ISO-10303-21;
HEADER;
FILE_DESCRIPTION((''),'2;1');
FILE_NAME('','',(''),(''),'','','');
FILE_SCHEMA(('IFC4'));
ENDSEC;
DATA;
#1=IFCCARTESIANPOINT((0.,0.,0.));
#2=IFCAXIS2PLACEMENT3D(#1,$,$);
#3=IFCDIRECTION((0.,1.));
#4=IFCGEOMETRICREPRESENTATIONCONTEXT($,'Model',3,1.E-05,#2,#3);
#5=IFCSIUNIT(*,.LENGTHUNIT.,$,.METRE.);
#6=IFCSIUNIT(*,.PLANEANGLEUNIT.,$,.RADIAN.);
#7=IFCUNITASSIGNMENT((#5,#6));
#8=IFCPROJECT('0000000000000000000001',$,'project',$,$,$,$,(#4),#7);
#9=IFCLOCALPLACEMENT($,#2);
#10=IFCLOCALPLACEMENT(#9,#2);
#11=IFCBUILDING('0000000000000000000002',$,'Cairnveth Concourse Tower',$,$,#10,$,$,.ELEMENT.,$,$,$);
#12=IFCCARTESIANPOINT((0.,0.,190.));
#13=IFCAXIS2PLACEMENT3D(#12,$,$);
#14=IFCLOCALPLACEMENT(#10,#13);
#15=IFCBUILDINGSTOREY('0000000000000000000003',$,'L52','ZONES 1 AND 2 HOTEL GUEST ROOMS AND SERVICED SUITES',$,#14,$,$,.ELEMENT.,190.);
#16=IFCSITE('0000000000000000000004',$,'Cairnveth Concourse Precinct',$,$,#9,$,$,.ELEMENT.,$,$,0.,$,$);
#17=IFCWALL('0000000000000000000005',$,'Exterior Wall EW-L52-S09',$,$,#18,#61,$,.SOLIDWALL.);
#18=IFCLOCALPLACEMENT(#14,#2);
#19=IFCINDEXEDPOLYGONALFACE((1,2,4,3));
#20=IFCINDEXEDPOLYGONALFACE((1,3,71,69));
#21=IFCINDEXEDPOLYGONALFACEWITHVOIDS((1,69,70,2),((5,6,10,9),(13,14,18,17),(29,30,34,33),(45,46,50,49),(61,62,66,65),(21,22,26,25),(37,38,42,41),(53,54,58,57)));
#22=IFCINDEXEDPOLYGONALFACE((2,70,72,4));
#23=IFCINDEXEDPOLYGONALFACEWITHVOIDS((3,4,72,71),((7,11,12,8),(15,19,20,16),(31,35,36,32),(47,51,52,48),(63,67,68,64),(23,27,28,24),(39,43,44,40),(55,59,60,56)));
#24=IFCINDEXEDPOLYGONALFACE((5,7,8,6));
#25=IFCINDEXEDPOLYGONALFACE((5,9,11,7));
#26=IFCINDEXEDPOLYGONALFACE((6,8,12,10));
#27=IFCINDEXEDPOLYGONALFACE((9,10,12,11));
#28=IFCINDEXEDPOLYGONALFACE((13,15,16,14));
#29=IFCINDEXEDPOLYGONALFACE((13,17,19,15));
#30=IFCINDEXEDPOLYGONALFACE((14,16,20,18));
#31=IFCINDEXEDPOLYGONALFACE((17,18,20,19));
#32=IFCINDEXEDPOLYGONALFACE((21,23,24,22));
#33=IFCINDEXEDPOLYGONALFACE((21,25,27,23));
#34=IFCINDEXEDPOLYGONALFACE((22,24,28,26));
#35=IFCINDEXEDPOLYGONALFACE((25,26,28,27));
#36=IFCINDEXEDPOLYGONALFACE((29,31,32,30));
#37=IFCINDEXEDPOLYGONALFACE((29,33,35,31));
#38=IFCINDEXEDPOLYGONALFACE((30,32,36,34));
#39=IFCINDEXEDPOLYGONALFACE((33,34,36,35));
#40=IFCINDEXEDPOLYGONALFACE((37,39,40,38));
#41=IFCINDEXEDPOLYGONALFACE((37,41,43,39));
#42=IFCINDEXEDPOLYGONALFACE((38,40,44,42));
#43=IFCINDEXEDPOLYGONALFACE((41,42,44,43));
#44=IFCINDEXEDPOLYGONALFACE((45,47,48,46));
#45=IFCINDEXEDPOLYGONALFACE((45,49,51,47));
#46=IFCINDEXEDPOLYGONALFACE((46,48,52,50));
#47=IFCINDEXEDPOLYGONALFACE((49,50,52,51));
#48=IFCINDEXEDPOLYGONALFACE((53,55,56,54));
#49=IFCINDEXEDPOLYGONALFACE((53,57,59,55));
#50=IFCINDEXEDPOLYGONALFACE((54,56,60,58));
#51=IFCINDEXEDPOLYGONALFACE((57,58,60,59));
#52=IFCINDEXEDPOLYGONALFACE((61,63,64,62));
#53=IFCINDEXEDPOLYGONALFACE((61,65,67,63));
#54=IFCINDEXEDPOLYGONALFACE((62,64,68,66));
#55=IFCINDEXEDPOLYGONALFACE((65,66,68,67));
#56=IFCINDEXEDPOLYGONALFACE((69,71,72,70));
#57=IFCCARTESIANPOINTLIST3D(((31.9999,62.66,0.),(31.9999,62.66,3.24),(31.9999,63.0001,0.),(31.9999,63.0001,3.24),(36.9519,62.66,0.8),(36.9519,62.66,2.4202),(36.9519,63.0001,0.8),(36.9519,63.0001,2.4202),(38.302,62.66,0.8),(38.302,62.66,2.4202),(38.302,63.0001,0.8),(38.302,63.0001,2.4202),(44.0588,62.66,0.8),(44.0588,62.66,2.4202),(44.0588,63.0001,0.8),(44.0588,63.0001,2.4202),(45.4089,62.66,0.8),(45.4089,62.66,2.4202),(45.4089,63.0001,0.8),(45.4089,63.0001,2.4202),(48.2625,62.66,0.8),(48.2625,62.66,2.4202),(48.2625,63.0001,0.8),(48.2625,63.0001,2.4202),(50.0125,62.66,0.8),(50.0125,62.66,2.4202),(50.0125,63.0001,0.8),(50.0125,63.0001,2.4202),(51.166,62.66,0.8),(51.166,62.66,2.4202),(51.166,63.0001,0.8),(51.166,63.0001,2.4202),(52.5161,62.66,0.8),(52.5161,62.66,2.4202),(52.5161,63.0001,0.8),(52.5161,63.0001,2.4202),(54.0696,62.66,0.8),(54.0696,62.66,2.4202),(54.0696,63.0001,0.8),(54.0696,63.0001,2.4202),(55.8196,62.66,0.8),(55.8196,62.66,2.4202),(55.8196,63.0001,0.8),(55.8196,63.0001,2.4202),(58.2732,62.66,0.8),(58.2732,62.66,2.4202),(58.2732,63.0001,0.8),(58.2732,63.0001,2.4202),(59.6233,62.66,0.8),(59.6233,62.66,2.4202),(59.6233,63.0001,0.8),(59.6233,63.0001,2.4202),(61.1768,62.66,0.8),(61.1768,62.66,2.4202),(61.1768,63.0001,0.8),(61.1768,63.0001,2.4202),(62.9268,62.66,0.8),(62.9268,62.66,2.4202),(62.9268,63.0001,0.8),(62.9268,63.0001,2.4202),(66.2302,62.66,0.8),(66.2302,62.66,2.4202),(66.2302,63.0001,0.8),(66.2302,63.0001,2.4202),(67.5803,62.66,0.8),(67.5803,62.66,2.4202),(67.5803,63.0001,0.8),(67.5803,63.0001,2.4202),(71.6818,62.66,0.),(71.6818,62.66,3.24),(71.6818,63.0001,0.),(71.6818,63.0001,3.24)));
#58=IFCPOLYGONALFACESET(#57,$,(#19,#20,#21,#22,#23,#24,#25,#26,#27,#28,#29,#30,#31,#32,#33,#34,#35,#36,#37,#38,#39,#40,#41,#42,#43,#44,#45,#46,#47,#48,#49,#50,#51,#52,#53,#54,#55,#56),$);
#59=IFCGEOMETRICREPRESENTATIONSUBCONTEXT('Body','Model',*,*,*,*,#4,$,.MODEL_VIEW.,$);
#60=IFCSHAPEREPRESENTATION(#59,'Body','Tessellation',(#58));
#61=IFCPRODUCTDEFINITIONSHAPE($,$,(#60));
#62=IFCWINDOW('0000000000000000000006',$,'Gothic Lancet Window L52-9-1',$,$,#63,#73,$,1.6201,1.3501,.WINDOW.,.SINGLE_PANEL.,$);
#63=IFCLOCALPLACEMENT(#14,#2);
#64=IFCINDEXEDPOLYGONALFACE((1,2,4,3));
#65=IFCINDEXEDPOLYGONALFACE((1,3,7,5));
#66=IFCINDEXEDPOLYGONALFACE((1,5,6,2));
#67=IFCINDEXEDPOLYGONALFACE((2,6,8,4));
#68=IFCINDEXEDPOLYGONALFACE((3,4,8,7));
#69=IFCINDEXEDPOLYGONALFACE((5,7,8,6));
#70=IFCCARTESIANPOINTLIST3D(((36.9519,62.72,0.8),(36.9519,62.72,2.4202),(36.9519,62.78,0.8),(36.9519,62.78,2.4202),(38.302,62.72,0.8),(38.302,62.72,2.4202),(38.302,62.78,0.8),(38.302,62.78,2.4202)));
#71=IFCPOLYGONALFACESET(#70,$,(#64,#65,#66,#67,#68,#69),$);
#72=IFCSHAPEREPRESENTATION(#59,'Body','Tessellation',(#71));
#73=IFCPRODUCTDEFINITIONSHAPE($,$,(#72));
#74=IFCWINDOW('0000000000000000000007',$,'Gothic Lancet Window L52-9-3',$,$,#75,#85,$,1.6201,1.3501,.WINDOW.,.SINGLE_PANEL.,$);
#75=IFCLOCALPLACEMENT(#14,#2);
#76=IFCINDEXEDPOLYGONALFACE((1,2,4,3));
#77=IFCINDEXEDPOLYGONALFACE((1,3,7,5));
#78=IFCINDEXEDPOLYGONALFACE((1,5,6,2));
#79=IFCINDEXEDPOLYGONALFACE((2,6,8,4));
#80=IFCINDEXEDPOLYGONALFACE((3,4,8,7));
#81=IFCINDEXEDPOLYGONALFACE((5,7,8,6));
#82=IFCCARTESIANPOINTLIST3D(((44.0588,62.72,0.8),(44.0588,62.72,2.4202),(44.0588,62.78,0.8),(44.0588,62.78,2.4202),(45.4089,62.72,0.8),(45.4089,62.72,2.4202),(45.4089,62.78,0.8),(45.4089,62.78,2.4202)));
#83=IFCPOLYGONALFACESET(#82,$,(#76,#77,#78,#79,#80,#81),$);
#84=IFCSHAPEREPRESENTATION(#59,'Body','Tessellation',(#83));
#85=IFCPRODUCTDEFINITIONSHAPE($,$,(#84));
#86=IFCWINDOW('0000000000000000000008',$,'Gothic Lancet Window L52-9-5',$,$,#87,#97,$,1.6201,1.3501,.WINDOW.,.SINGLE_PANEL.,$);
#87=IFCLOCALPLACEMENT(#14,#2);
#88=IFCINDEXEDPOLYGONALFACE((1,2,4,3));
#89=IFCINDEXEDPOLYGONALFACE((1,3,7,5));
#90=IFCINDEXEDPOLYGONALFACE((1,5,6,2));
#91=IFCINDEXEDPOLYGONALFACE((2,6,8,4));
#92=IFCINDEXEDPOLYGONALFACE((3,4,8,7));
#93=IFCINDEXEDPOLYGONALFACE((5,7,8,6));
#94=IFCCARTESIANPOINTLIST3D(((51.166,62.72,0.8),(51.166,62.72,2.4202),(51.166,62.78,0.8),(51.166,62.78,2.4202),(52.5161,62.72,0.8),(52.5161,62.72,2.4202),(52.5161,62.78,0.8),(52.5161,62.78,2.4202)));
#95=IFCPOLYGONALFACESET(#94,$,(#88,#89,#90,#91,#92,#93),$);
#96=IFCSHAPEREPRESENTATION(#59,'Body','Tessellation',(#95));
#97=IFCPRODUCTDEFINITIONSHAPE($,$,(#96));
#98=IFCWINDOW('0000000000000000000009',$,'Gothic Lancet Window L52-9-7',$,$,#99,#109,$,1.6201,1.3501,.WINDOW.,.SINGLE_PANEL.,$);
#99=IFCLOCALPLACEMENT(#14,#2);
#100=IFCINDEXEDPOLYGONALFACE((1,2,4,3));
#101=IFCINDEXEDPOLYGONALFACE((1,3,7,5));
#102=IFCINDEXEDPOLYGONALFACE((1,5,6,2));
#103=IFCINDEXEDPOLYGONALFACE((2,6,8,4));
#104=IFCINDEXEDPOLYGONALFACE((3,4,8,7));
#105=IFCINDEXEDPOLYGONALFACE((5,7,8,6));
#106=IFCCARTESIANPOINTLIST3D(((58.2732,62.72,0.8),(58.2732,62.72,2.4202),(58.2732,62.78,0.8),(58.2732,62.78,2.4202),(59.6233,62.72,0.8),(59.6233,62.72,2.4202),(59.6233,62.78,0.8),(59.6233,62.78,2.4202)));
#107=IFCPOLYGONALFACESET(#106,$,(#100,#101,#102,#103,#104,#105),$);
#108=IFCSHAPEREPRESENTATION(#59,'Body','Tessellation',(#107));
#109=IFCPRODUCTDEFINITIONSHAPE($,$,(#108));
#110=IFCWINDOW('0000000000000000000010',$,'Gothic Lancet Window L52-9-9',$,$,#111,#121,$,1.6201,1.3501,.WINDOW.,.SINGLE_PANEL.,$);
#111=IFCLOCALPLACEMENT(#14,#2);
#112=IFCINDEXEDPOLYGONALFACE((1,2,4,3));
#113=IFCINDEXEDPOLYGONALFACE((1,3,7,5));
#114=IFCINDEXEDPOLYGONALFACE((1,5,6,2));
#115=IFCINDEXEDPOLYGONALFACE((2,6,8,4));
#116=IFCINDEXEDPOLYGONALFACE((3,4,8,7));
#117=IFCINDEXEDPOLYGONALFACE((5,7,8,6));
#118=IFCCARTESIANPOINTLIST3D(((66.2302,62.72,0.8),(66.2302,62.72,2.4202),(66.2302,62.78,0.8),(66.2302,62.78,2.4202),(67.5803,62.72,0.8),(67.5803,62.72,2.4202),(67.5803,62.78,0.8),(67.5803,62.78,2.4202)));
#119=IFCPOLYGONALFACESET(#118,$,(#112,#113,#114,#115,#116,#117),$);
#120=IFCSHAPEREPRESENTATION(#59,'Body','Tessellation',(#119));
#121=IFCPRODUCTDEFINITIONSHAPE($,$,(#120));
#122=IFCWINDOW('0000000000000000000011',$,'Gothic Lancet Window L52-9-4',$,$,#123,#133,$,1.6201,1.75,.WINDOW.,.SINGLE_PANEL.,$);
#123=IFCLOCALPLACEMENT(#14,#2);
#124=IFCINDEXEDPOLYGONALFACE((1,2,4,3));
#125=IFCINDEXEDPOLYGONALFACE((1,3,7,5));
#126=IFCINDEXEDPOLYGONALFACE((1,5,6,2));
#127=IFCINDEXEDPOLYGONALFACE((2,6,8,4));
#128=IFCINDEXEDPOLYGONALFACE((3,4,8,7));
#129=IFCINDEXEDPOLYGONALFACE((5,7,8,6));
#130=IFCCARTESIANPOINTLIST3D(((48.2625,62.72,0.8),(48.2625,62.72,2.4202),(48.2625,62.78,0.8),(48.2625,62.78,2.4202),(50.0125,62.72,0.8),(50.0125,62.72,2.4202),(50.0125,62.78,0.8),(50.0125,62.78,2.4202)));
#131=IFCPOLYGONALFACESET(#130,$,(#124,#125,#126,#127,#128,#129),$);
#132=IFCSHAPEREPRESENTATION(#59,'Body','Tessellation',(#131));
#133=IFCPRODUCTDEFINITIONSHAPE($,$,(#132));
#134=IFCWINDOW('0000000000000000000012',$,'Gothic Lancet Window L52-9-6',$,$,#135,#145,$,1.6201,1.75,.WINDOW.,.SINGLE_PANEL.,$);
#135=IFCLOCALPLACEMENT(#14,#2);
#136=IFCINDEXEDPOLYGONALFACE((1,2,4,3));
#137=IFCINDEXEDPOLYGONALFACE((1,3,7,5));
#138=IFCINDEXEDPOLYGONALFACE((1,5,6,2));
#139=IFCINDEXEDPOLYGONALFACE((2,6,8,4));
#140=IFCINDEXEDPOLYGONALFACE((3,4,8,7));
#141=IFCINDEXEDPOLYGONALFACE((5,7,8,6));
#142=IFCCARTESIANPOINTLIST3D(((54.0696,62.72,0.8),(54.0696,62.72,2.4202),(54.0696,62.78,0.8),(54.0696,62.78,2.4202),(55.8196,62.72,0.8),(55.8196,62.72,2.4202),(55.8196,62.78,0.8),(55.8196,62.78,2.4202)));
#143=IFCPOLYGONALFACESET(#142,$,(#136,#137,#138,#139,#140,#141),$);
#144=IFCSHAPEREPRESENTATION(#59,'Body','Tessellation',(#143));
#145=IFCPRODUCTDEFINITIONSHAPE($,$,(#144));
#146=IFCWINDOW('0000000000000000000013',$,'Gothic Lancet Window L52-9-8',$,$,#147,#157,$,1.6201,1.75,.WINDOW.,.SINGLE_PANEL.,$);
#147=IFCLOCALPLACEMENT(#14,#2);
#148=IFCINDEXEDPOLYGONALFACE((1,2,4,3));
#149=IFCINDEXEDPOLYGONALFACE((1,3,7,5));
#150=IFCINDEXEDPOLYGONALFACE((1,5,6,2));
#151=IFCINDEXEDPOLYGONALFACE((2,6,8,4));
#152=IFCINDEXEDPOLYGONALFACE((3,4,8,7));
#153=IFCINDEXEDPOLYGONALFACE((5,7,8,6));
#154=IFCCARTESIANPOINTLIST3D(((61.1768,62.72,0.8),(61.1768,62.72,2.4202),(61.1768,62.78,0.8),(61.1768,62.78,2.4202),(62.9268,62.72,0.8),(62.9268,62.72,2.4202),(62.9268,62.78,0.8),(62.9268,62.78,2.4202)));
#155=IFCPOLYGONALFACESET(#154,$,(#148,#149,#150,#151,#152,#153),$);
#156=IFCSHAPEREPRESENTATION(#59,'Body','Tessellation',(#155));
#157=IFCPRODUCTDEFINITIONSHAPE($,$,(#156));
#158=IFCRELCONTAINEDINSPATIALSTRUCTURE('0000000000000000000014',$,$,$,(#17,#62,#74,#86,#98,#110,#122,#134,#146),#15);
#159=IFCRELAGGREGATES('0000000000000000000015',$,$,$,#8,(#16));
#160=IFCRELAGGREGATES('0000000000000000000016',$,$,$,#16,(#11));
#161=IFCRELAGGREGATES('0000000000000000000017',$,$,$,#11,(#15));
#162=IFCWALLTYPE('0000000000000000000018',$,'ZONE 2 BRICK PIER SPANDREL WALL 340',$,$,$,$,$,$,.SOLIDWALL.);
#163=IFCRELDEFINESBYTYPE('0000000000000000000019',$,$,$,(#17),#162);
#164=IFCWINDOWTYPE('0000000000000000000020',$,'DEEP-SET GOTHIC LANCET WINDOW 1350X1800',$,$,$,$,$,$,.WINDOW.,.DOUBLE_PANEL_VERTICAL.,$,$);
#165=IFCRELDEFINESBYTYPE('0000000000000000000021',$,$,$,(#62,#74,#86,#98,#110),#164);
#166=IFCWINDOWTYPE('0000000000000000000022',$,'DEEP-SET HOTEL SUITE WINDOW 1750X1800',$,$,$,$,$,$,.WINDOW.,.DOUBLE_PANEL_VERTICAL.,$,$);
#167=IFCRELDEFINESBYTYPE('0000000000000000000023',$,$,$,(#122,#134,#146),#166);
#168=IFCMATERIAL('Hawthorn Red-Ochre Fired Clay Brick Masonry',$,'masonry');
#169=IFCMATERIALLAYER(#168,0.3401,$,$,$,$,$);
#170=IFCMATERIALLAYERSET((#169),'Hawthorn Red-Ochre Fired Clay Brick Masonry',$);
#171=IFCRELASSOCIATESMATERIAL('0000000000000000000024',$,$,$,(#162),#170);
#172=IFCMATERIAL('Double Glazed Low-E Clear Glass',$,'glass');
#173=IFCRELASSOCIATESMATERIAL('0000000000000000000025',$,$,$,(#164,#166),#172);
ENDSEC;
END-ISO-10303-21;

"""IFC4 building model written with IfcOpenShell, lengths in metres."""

from ifc_helpers import new_model, si_unit, direction, frame, frame_2d, origin, place, context, subcontext, project, spatial, rectangle, extrude, material, layer, layer_set, type_object, element, fill, save


model = new_model("IFC4")

# Units and contexts
model_context = context("Model", 3, precision=1e-05, world=origin(), true_north=direction((0.0, 1.0)))
body_context = subcontext(model_context, "Body", "Model", "MODEL_VIEW")
ifc_project = project(units=[si_unit("LENGTHUNIT", "METRE"), si_unit("PLANEANGLEUNIT", "RADIAN")], contexts=[model_context])

# Site, building, storey
site_placement = place(None, origin())
site = spatial("IfcSite", under=ifc_project, at=site_placement, Name="Cairnveth Concourse Precinct", CompositionType="ELEMENT", RefElevation=0.0)
building_placement = place(site_placement, origin())
building = spatial("IfcBuilding", under=site, at=building_placement, Name="Cairnveth Concourse Tower", CompositionType="ELEMENT")
storey_placement = place(building_placement, frame((0.0, 0.0, 190.0)))
storey = spatial("IfcBuildingStorey", under=building, at=storey_placement, Name="L52", Description="ZONES 1 AND 2 HOTEL GUEST ROOMS AND SERVICED SUITES", CompositionType="ELEMENT", Elevation=190.0)

# Shared definitions
ifc_material_1 = material(Name="Hawthorn Red-Ochre Fired Clay Brick Masonry", Category="masonry")
ifc_layer_1 = layer(ifc_material_1, 0.3401)
ifc_layer_set_1 = layer_set([ifc_layer_1], Name="Hawthorn Red-Ochre Fired Clay Brick Masonry")
wall_type = type_object("IfcWallType", Name="ZONE 2 BRICK PIER SPANDREL WALL 340", PredefinedType="SOLIDWALL", material=ifc_layer_set_1)

# Wall, openings, windows
wall_1_placement = place(storey_placement, frame((32.0, 62.8301, 0.0), z_axis=(0.0, 0.0, 1.0), x_axis=(1.0, 0.0, 0.0)))
wall_1 = element("IfcWall", 1, at=wall_1_placement, inside=storey, type_object=wall_type, Name="Exterior Wall EW-L52-S09", PredefinedType="SOLIDWALL", context=body_context, shape_type="SweptSolid", body=[
    extrude(rectangle(XDim=39.6819, YDim=0.3401, at=frame_2d((19.8408, 0.0))), origin(), (0.0, 0.0, 1.0), 3.24),
])
opening_1_placement = place(wall_1_placement, frame((4.9519, 0.0, 0.8)))
opening_1 = element("IfcOpeningElement", 2, at=opening_1_placement, cuts=wall_1, PredefinedType="OPENING", context=body_context, shape_type="SweptSolid", body=[
    extrude(rectangle(XDim=1.3501, YDim=1.6201, at=frame_2d((0.675, 0.8101))), frame((0.0, 0.1799, 0.0), z_axis=(0.0, -1.0, 0.0), x_axis=(1.0, 0.0, 0.0)), (0.0, 0.0, 1.0), 0.3601),
])
opening_2_placement = place(wall_1_placement, frame((12.0588, 0.0, 0.8)))
opening_2 = element("IfcOpeningElement", 3, at=opening_2_placement, cuts=wall_1, PredefinedType="OPENING", context=body_context, shape_type="SweptSolid", body=[
    extrude(rectangle(XDim=1.3501, YDim=1.6201, at=frame_2d((0.675, 0.8101))), frame((0.0, 0.1799, 0.0), z_axis=(0.0, -1.0, 0.0), x_axis=(1.0, 0.0, 0.0)), (0.0, 0.0, 1.0), 0.3601),
])
opening_3_placement = place(wall_1_placement, frame((16.2625, 0.0, 0.8)))
opening_3 = element("IfcOpeningElement", 4, at=opening_3_placement, cuts=wall_1, PredefinedType="OPENING", context=body_context, shape_type="SweptSolid", body=[
    extrude(rectangle(XDim=1.75, YDim=1.6201, at=frame_2d((0.875, 0.8101))), frame((0.0, 0.1799, 0.0), z_axis=(0.0, -1.0, 0.0), x_axis=(1.0, 0.0, 0.0)), (0.0, 0.0, 1.0), 0.3601),
])
opening_4_placement = place(wall_1_placement, frame((19.166, 0.0, 0.8)))
opening_4 = element("IfcOpeningElement", 5, at=opening_4_placement, cuts=wall_1, PredefinedType="OPENING", context=body_context, shape_type="SweptSolid", body=[
    extrude(rectangle(XDim=1.3501, YDim=1.6201, at=frame_2d((0.675, 0.8101))), frame((0.0, 0.1799, 0.0), z_axis=(0.0, -1.0, 0.0), x_axis=(1.0, 0.0, 0.0)), (0.0, 0.0, 1.0), 0.3601),
])
opening_5_placement = place(wall_1_placement, frame((22.0696, 0.0, 0.8)))
opening_5 = element("IfcOpeningElement", 6, at=opening_5_placement, cuts=wall_1, PredefinedType="OPENING", context=body_context, shape_type="SweptSolid", body=[
    extrude(rectangle(XDim=1.75, YDim=1.6201, at=frame_2d((0.875, 0.8101))), frame((0.0, 0.1799, 0.0), z_axis=(0.0, -1.0, 0.0), x_axis=(1.0, 0.0, 0.0)), (0.0, 0.0, 1.0), 0.3601),
])
opening_6_placement = place(wall_1_placement, frame((26.2732, 0.0, 0.8)))
opening_6 = element("IfcOpeningElement", 7, at=opening_6_placement, cuts=wall_1, PredefinedType="OPENING", context=body_context, shape_type="SweptSolid", body=[
    extrude(rectangle(XDim=1.3501, YDim=1.6201, at=frame_2d((0.675, 0.8101))), frame((0.0, 0.1799, 0.0), z_axis=(0.0, -1.0, 0.0), x_axis=(1.0, 0.0, 0.0)), (0.0, 0.0, 1.0), 0.3601),
])
opening_7_placement = place(wall_1_placement, frame((29.1768, 0.0, 0.8)))
opening_7 = element("IfcOpeningElement", 8, at=opening_7_placement, cuts=wall_1, PredefinedType="OPENING", context=body_context, shape_type="SweptSolid", body=[
    extrude(rectangle(XDim=1.75, YDim=1.6201, at=frame_2d((0.875, 0.8101))), frame((0.0, 0.1799, 0.0), z_axis=(0.0, -1.0, 0.0), x_axis=(1.0, 0.0, 0.0)), (0.0, 0.0, 1.0), 0.3601),
])
opening_8_placement = place(wall_1_placement, frame((34.2302, 0.0, 0.8)))
opening_8 = element("IfcOpeningElement", 9, at=opening_8_placement, cuts=wall_1, PredefinedType="OPENING", context=body_context, shape_type="SweptSolid", body=[
    extrude(rectangle(XDim=1.3501, YDim=1.6201, at=frame_2d((0.675, 0.8101))), frame((0.0, 0.1799, 0.0), z_axis=(0.0, -1.0, 0.0), x_axis=(1.0, 0.0, 0.0)), (0.0, 0.0, 1.0), 0.3601),
])
ifc_material_2 = material(Name="Double Glazed Low-E Clear Glass", Category="glass")
window_type_1 = type_object("IfcWindowType", Name="DEEP-SET GOTHIC LANCET WINDOW 1350X1800", PartitioningType="DOUBLE_PANEL_VERTICAL", PredefinedType="WINDOW", material=ifc_material_2)
window_1_placement = place(opening_1_placement, origin())
window_1 = element("IfcWindow", 10, at=window_1_placement, inside=storey, type_object=window_type_1, Name="Gothic Lancet Window L52-9-1", OverallHeight=1.6201, OverallWidth=1.3501, PartitioningType="SINGLE_PANEL", PredefinedType="WINDOW", context=body_context, shape_type="SweptSolid", body=[
    extrude(rectangle(XDim=1.3501, YDim=1.6201, at=frame_2d((0.675, 0.8101))), frame((0.0, -0.05, 0.0), z_axis=(0.0, -1.0, 0.0), x_axis=(1.0, 0.0, 0.0)), (0.0, 0.0, 1.0), 0.0601),
])
fill(opening_1, window_1)
window_2_placement = place(opening_2_placement, origin())
window_2 = element("IfcWindow", 11, at=window_2_placement, inside=storey, type_object=window_type_1, Name="Gothic Lancet Window L52-9-3", OverallHeight=1.6201, OverallWidth=1.3501, PartitioningType="SINGLE_PANEL", PredefinedType="WINDOW", context=body_context, shape_type="SweptSolid", body=[
    extrude(rectangle(XDim=1.3501, YDim=1.6201, at=frame_2d((0.675, 0.8101))), frame((0.0, -0.05, 0.0), z_axis=(0.0, -1.0, 0.0), x_axis=(1.0, 0.0, 0.0)), (0.0, 0.0, 1.0), 0.0601),
])
fill(opening_2, window_2)
window_3_placement = place(opening_4_placement, origin())
window_3 = element("IfcWindow", 12, at=window_3_placement, inside=storey, type_object=window_type_1, Name="Gothic Lancet Window L52-9-5", OverallHeight=1.6201, OverallWidth=1.3501, PartitioningType="SINGLE_PANEL", PredefinedType="WINDOW", context=body_context, shape_type="SweptSolid", body=[
    extrude(rectangle(XDim=1.3501, YDim=1.6201, at=frame_2d((0.675, 0.8101))), frame((0.0, -0.05, 0.0), z_axis=(0.0, -1.0, 0.0), x_axis=(1.0, 0.0, 0.0)), (0.0, 0.0, 1.0), 0.0601),
])
fill(opening_4, window_3)
window_4_placement = place(opening_6_placement, origin())
window_4 = element("IfcWindow", 13, at=window_4_placement, inside=storey, type_object=window_type_1, Name="Gothic Lancet Window L52-9-7", OverallHeight=1.6201, OverallWidth=1.3501, PartitioningType="SINGLE_PANEL", PredefinedType="WINDOW", context=body_context, shape_type="SweptSolid", body=[
    extrude(rectangle(XDim=1.3501, YDim=1.6201, at=frame_2d((0.675, 0.8101))), frame((0.0, -0.05, 0.0), z_axis=(0.0, -1.0, 0.0), x_axis=(1.0, 0.0, 0.0)), (0.0, 0.0, 1.0), 0.0601),
])
fill(opening_6, window_4)
window_5_placement = place(opening_8_placement, origin())
window_5 = element("IfcWindow", 14, at=window_5_placement, inside=storey, type_object=window_type_1, Name="Gothic Lancet Window L52-9-9", OverallHeight=1.6201, OverallWidth=1.3501, PartitioningType="SINGLE_PANEL", PredefinedType="WINDOW", context=body_context, shape_type="SweptSolid", body=[
    extrude(rectangle(XDim=1.3501, YDim=1.6201, at=frame_2d((0.675, 0.8101))), frame((0.0, -0.05, 0.0), z_axis=(0.0, -1.0, 0.0), x_axis=(1.0, 0.0, 0.0)), (0.0, 0.0, 1.0), 0.0601),
])
fill(opening_8, window_5)
window_type_2 = type_object("IfcWindowType", Name="DEEP-SET HOTEL SUITE WINDOW 1750X1800", PartitioningType="DOUBLE_PANEL_VERTICAL", PredefinedType="WINDOW", material=ifc_material_2)
window_6_placement = place(opening_3_placement, origin())
window_6 = element("IfcWindow", 15, at=window_6_placement, inside=storey, type_object=window_type_2, Name="Gothic Lancet Window L52-9-4", OverallHeight=1.6201, OverallWidth=1.75, PartitioningType="SINGLE_PANEL", PredefinedType="WINDOW", context=body_context, shape_type="SweptSolid", body=[
    extrude(rectangle(XDim=1.75, YDim=1.6201, at=frame_2d((0.875, 0.8101))), frame((0.0, -0.05, 0.0), z_axis=(0.0, -1.0, 0.0), x_axis=(1.0, 0.0, 0.0)), (0.0, 0.0, 1.0), 0.0601),
])
fill(opening_3, window_6)
window_7_placement = place(opening_5_placement, origin())
window_7 = element("IfcWindow", 16, at=window_7_placement, inside=storey, type_object=window_type_2, Name="Gothic Lancet Window L52-9-6", OverallHeight=1.6201, OverallWidth=1.75, PartitioningType="SINGLE_PANEL", PredefinedType="WINDOW", context=body_context, shape_type="SweptSolid", body=[
    extrude(rectangle(XDim=1.75, YDim=1.6201, at=frame_2d((0.875, 0.8101))), frame((0.0, -0.05, 0.0), z_axis=(0.0, -1.0, 0.0), x_axis=(1.0, 0.0, 0.0)), (0.0, 0.0, 1.0), 0.0601),
])
fill(opening_5, window_7)
window_8_placement = place(opening_7_placement, origin())
window_8 = element("IfcWindow", 17, at=window_8_placement, inside=storey, type_object=window_type_2, Name="Gothic Lancet Window L52-9-8", OverallHeight=1.6201, OverallWidth=1.75, PartitioningType="SINGLE_PANEL", PredefinedType="WINDOW", context=body_context, shape_type="SweptSolid", body=[
    extrude(rectangle(XDim=1.75, YDim=1.6201, at=frame_2d((0.875, 0.8101))), frame((0.0, -0.05, 0.0), z_axis=(0.0, -1.0, 0.0), x_axis=(1.0, 0.0, 0.0)), (0.0, 0.0, 1.0), 0.0601),
])
fill(opening_7, window_8)

save(model, "model.ifc")
